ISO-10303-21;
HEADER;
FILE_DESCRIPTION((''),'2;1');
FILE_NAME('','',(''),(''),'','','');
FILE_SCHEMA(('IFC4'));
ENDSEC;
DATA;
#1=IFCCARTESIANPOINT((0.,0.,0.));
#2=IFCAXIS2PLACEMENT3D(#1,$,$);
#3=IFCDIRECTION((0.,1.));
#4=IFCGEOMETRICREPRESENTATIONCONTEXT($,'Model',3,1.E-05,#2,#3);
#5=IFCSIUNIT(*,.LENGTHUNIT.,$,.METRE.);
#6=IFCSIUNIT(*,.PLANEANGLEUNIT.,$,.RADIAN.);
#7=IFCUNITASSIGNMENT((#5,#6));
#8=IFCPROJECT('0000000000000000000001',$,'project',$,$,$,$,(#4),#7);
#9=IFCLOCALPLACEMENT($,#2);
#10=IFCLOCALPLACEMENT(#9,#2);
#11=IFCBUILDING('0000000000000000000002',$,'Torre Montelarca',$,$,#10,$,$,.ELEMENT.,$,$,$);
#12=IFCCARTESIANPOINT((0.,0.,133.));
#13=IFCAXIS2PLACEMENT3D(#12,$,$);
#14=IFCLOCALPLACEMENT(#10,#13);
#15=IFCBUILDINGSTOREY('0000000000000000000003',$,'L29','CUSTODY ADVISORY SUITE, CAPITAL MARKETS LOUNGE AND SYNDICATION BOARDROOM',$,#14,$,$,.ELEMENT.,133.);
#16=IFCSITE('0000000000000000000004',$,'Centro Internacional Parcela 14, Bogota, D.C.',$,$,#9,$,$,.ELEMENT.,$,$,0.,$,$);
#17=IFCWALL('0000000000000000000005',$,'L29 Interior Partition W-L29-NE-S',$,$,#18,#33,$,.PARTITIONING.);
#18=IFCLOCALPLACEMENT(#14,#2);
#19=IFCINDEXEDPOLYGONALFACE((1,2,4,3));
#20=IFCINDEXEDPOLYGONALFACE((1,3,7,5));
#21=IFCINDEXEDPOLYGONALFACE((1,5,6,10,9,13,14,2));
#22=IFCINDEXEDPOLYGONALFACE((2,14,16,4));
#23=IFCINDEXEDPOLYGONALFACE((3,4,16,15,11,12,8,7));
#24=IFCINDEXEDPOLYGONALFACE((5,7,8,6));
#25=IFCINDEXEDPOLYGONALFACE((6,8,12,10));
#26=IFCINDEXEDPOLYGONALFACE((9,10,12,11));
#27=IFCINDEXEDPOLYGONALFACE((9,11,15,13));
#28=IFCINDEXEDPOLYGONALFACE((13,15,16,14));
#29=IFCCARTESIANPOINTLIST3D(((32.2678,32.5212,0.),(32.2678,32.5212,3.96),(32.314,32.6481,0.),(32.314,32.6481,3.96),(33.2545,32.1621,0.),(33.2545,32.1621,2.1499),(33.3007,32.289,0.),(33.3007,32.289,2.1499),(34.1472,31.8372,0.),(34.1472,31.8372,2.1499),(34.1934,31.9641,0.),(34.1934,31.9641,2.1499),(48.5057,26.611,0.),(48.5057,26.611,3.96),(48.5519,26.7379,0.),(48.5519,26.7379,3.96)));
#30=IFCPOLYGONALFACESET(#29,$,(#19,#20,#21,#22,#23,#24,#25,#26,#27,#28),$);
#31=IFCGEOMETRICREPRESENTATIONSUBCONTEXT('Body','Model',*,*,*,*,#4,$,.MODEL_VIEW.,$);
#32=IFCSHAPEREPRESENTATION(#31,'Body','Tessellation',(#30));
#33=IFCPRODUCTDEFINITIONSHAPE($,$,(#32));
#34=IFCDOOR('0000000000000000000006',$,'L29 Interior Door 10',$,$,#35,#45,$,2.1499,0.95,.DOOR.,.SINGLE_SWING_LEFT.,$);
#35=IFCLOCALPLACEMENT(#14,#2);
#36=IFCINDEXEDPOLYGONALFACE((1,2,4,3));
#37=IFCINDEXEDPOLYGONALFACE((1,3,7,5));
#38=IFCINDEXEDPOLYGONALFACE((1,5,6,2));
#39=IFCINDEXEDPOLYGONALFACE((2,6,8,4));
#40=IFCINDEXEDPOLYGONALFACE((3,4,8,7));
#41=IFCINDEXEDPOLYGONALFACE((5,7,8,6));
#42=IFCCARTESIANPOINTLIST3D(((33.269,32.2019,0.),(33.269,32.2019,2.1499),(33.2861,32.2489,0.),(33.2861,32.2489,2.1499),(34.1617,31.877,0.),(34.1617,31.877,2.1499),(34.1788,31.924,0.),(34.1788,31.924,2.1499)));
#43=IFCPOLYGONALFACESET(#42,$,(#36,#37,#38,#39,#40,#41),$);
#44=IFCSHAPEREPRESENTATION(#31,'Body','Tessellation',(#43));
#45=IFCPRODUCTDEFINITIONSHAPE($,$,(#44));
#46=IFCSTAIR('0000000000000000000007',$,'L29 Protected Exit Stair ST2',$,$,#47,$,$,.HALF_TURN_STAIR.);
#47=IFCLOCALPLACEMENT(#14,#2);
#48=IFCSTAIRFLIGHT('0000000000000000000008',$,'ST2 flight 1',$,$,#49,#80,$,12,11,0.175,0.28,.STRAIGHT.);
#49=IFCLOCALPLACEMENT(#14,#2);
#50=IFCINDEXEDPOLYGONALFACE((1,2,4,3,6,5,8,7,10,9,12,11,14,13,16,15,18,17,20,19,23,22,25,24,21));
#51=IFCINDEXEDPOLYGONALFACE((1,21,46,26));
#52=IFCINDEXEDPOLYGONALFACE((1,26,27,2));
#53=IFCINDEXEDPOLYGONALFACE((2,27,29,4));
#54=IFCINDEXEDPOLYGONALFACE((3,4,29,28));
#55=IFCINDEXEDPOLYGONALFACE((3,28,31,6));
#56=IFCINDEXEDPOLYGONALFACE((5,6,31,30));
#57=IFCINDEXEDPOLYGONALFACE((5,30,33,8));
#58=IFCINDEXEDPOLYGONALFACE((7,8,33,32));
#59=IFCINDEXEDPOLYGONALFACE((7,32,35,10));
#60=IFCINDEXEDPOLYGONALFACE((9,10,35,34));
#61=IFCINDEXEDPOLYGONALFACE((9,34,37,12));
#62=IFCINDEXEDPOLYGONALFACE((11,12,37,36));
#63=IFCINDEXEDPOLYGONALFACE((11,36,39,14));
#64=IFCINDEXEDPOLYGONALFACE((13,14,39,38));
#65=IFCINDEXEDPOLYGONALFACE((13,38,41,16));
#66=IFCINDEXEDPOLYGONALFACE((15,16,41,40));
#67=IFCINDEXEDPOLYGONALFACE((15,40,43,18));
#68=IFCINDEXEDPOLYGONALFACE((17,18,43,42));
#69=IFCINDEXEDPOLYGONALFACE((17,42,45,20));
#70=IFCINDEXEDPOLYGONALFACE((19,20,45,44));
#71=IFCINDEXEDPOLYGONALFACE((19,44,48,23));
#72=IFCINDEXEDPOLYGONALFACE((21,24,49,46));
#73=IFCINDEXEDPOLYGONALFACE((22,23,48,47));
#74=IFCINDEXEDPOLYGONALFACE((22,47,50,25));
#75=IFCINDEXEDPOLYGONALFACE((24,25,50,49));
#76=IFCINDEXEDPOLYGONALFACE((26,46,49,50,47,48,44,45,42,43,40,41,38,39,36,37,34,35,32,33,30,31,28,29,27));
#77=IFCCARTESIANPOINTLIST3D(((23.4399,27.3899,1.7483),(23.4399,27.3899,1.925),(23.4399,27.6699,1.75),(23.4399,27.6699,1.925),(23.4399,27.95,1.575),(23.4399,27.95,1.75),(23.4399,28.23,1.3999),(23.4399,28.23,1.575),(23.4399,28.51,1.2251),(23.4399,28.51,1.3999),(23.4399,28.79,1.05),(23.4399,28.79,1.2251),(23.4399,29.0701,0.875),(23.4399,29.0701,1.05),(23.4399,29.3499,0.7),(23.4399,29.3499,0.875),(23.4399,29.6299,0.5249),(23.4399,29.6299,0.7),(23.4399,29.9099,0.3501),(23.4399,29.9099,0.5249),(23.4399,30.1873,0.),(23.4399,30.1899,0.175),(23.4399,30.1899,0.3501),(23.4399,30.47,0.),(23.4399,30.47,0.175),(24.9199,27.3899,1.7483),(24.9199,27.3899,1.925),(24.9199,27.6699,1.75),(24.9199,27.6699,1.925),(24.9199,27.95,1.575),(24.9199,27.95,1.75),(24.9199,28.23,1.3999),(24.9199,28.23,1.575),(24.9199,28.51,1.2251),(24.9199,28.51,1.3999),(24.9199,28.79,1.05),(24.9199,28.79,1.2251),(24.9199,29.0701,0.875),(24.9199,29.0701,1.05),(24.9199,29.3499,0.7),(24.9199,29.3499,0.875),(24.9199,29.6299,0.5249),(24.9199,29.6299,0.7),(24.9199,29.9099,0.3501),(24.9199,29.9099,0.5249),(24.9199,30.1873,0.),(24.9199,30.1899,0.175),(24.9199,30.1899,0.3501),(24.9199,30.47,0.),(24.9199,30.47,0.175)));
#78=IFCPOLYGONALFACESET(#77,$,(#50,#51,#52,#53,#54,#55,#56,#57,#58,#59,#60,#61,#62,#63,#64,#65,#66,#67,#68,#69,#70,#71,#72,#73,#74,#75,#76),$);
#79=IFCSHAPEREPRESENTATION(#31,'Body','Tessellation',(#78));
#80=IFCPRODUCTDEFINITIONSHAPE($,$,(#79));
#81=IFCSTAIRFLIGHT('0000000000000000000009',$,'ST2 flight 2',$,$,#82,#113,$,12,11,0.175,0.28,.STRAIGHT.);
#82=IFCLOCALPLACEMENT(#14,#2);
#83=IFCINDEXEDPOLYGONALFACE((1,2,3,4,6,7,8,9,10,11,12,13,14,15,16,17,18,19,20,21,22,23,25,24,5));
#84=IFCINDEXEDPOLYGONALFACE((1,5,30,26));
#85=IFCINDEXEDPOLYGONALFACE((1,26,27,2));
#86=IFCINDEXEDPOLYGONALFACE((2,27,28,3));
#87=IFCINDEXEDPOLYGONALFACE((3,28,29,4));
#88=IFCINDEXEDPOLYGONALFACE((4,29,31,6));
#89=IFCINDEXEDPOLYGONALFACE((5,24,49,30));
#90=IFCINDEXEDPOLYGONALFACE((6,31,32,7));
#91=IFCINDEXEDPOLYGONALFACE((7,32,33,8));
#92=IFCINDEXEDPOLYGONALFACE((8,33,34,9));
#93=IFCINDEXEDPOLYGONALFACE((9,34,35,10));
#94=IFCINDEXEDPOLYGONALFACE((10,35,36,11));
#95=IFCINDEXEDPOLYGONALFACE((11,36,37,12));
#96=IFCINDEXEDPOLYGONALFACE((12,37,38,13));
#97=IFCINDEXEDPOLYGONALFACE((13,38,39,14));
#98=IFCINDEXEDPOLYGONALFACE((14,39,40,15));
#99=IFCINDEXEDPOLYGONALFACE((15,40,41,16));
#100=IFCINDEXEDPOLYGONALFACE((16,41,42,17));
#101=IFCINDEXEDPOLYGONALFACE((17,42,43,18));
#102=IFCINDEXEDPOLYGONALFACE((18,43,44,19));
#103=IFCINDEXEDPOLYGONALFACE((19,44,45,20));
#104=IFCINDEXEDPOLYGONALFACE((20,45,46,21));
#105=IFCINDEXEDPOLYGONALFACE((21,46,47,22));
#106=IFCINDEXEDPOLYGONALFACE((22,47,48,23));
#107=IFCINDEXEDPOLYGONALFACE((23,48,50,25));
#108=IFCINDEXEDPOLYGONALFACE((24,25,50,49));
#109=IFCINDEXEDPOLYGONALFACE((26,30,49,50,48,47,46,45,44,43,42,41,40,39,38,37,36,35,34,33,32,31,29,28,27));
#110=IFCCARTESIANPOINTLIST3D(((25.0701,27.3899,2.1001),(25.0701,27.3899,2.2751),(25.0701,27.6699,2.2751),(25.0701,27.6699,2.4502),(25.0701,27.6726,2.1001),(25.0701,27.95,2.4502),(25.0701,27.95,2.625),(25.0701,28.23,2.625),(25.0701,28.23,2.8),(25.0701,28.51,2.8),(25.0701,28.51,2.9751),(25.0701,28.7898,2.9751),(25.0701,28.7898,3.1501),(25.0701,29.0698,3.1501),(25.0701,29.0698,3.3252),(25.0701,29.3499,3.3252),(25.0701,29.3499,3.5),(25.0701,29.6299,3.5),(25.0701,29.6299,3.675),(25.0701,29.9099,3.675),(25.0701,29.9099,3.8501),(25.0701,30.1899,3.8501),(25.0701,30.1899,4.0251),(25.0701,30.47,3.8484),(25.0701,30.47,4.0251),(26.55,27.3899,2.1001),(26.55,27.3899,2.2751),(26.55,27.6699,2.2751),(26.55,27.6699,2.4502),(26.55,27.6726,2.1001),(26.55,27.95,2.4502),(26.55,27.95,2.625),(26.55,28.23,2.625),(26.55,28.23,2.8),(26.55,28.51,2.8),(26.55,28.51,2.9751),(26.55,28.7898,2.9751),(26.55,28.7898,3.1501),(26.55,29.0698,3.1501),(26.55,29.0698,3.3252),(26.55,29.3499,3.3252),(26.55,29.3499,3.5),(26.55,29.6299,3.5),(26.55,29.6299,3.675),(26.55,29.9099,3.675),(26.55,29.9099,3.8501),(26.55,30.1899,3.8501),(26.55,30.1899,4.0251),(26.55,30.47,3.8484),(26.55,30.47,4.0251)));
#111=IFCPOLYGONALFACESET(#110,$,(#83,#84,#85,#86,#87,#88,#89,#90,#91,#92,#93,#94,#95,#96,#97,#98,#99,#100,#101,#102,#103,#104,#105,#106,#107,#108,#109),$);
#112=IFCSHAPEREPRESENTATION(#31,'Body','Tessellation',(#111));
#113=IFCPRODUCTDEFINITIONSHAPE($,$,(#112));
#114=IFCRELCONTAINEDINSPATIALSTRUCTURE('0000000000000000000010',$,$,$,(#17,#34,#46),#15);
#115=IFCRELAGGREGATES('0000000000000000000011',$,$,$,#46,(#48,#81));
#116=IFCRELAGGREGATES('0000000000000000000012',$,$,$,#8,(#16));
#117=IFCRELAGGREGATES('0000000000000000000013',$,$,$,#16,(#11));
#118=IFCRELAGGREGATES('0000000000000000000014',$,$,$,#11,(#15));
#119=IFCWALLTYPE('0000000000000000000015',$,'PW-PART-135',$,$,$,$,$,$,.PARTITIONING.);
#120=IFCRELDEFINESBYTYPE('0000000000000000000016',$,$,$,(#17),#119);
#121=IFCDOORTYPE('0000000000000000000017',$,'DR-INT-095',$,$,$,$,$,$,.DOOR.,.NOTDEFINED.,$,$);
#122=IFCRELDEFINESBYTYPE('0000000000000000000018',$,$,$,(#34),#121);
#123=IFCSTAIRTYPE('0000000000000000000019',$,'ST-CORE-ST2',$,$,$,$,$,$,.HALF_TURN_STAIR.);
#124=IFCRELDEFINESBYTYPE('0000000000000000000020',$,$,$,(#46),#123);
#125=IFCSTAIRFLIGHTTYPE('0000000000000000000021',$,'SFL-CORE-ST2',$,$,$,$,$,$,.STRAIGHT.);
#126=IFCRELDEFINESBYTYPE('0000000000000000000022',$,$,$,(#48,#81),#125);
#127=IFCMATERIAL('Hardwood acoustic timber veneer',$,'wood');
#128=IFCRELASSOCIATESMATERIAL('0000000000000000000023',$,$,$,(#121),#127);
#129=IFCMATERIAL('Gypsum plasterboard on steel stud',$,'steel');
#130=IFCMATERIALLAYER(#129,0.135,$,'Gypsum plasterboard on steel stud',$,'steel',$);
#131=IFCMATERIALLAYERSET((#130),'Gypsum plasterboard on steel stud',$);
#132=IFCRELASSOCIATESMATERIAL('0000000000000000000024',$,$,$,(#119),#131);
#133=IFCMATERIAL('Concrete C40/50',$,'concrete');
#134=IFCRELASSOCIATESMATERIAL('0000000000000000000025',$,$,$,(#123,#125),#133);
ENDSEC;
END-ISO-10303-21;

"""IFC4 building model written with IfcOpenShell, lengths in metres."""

from ifc_helpers import new_model, si_unit, direction, frame, frame_2d, origin, place, context, subcontext, project, spatial, polyline, rectangle, outline, extrude, source, transform, mapped, material, layer, layer_set, type_object, element, fill, aggregate, save


model = new_model("IFC4")

# Units and contexts
model_context = context("Model", 3, precision=1e-05, world=origin(), true_north=direction((0.0, 1.0)))
body_context = subcontext(model_context, "Body", "Model", "MODEL_VIEW")
ifc_project = project(units=[si_unit("LENGTHUNIT", "METRE"), si_unit("PLANEANGLEUNIT", "RADIAN")], contexts=[model_context])

# Site, building, storey
site_placement = place(None, origin())
site = spatial("IfcSite", under=ifc_project, at=site_placement, Name="Centro Internacional Parcela 14, Bogota, D.C.", CompositionType="ELEMENT", RefElevation=0.0)
building_placement = place(site_placement, origin())
building = spatial("IfcBuilding", under=site, at=building_placement, Name="Torre Montelarca", CompositionType="ELEMENT")
storey_placement = place(building_placement, frame((0.0, 0.0, 133.0)))
storey = spatial("IfcBuildingStorey", under=building, at=storey_placement, Name="L29", Description="CUSTODY ADVISORY SUITE, CAPITAL MARKETS LOUNGE AND SYNDICATION BOARDROOM", CompositionType="ELEMENT", Elevation=133.0)

# Shared definitions
ifc_material_1 = material(Name="Concrete C40/50", Category="concrete")
ifc_material_2 = material(Name="Gypsum plasterboard on steel stud", Category="steel")

# Wall, opening, door
ifc_material_3 = material(Name="Hardwood acoustic timber veneer", Category="wood")
door_type = type_object("IfcDoorType", Name="DR-INT-095", OperationType="NOTDEFINED", PredefinedType="DOOR", material=ifc_material_3)
shared_shape_1 = source(origin(), body_context, "Body", "SweptSolid", [
    extrude(rectangle(XDim=0.95, YDim=2.1499, at=frame_2d((0.4751, 1.075))), frame((0.0, 0.0249, 0.0), z_axis=(0.0, -1.0, 0.0), x_axis=(1.0, 0.0, 0.0)), (0.0, 0.0, 1.0), 0.05),
])
ifc_layer_1 = layer(ifc_material_2, 0.135, Name="Gypsum plasterboard on steel stud", Category="steel")
ifc_layer_set_1 = layer_set([ifc_layer_1], Name="Gypsum plasterboard on steel stud")
wall_type_1 = type_object("IfcWallType", Name="PW-PART-135", PredefinedType="PARTITIONING", material=ifc_layer_set_1)
wall_1_placement = place(storey_placement, frame((32.2908, 32.5847, 0.0), z_axis=(0.0, 0.0, 1.0), x_axis=(0.939691, -0.342024, 0.0)))
wall_1 = element("IfcWall", 1, at=wall_1_placement, inside=storey, type_object=wall_type_1, Name="L29 Interior Partition W-L29-NE-S", PredefinedType="PARTITIONING", context=body_context, shape_type="SweptSolid", body=[
    extrude(rectangle(XDim=17.28, YDim=0.135, at=frame_2d((8.6401, 0.0))), origin(), (0.0, 0.0, 1.0), 3.96),
])
opening_1_placement = place(wall_1_placement, frame((1.05, 0.0, 0.0)))
opening_1 = element("IfcOpeningElement", 2, at=opening_1_placement, cuts=wall_1, PredefinedType="OPENING", context=body_context, shape_type="SweptSolid", body=[
    extrude(rectangle(XDim=0.95, YDim=2.1499, at=frame_2d((0.4751, 1.075))), frame((0.0, 0.0776, 0.0), z_axis=(0.0, -1.0, 0.0), x_axis=(1.0, 0.0, 0.0)), (0.0, 0.0, 1.0), 0.155),
])
door_1_placement = place(opening_1_placement, origin())
door_1 = element("IfcDoor", 3, at=door_1_placement, inside=storey, type_object=door_type, Name="L29 Interior Door 10", OperationType="SINGLE_SWING_LEFT", OverallHeight=2.1499, OverallWidth=0.95, PredefinedType="DOOR", context=body_context, shape_type="MappedRepresentation", body=[
    mapped(shared_shape_1, transform((0.0, 0.0, 0.0), scale=1.0)),
])
fill(opening_1, door_1)

# Stair, stair flights
stair_type = type_object("IfcStairType", Name="ST-CORE-ST2", PredefinedType="HALF_TURN_STAIR", material=ifc_material_1)
stair_placement = place(storey_placement, origin())
stair = element("IfcStair", 4, at=stair_placement, inside=storey, type_object=stair_type, Name="L29 Protected Exit Stair ST2", PredefinedType="HALF_TURN_STAIR")
stair_flight_type = type_object("IfcStairFlightType", Name="SFL-CORE-ST2", PredefinedType="STRAIGHT", material=ifc_material_1)
stair_flight_1_placement = place(storey_placement, frame((24.1799, 30.47, 0.0), z_axis=(0.0, 0.0, 1.0), x_axis=(0.0, -1.0, 0.0)))
stair_flight_1 = element("IfcStairFlight", 5, at=stair_flight_1_placement, type_object=stair_flight_type, Name="ST2 flight 1", NumberOfRisers=12, NumberOfTreads=11, PredefinedType="STRAIGHT", RiserHeight=0.175, TreadLength=0.28, context=body_context, shape_type="SweptSolid", body=[
    extrude(outline(polyline([(0.0, 0.0), (0.0, 0.175), (0.28, 0.175), (0.28, 0.3501), (0.5601, 0.3501), (0.5601, 0.5249), (0.8401, 0.5249), (0.8401, 0.7), (1.1201, 0.7), (1.1201, 0.875), (1.3999, 0.875), (1.3999, 1.05), (1.6799, 1.05), (1.6799, 1.2251), (1.96, 1.2251), (1.96, 1.3999), (2.24, 1.3999), (2.24, 1.575), (2.52, 1.575), (2.52, 1.75), (2.8, 1.75), (2.8, 1.925), (3.0801, 1.925), (3.0801, 2.1001), (3.0801, 1.7483), (0.2827, 0.0), (0.0, 0.0)])), frame((0.0, 0.74, 0.0), z_axis=(0.0, -1.0, 0.0), x_axis=(1.0, 0.0, 0.0)), (0.0, 0.0, 1.0), 1.48),
])
stair_flight_2_placement = place(storey_placement, frame((25.8101, 27.3899, 2.1001), z_axis=(0.0, 0.0, 1.0), x_axis=(0.0, 1.0, 0.0)))
stair_flight_2 = element("IfcStairFlight", 6, at=stair_flight_2_placement, type_object=stair_flight_type, Name="ST2 flight 2", NumberOfRisers=12, NumberOfTreads=11, PredefinedType="STRAIGHT", RiserHeight=0.175, TreadLength=0.28, context=body_context, shape_type="SweptSolid", body=[
    extrude(outline(polyline([(0.0, 0.0), (0.0, 0.175), (0.28, 0.175), (0.28, 0.3501), (0.5601, 0.3501), (0.5601, 0.5249), (0.8401, 0.5249), (0.8401, 0.7), (1.1201, 0.7), (1.1201, 0.875), (1.3999, 0.875), (1.3999, 1.05), (1.6799, 1.05), (1.6799, 1.2251), (1.96, 1.2251), (1.96, 1.3999), (2.24, 1.3999), (2.24, 1.575), (2.52, 1.575), (2.52, 1.75), (2.8, 1.75), (2.8, 1.925), (3.0801, 1.925), (3.0801, 2.1001), (3.0801, 1.7483), (0.2827, 0.0), (0.0, 0.0)])), frame((0.0, 0.74, 0.0), z_axis=(0.0, -1.0, 0.0), x_axis=(1.0, 0.0, 0.0)), (0.0, 0.0, 1.0), 1.48),
])
aggregate(stair, [stair_flight_1, stair_flight_2])

save(model, "model.ifc")
